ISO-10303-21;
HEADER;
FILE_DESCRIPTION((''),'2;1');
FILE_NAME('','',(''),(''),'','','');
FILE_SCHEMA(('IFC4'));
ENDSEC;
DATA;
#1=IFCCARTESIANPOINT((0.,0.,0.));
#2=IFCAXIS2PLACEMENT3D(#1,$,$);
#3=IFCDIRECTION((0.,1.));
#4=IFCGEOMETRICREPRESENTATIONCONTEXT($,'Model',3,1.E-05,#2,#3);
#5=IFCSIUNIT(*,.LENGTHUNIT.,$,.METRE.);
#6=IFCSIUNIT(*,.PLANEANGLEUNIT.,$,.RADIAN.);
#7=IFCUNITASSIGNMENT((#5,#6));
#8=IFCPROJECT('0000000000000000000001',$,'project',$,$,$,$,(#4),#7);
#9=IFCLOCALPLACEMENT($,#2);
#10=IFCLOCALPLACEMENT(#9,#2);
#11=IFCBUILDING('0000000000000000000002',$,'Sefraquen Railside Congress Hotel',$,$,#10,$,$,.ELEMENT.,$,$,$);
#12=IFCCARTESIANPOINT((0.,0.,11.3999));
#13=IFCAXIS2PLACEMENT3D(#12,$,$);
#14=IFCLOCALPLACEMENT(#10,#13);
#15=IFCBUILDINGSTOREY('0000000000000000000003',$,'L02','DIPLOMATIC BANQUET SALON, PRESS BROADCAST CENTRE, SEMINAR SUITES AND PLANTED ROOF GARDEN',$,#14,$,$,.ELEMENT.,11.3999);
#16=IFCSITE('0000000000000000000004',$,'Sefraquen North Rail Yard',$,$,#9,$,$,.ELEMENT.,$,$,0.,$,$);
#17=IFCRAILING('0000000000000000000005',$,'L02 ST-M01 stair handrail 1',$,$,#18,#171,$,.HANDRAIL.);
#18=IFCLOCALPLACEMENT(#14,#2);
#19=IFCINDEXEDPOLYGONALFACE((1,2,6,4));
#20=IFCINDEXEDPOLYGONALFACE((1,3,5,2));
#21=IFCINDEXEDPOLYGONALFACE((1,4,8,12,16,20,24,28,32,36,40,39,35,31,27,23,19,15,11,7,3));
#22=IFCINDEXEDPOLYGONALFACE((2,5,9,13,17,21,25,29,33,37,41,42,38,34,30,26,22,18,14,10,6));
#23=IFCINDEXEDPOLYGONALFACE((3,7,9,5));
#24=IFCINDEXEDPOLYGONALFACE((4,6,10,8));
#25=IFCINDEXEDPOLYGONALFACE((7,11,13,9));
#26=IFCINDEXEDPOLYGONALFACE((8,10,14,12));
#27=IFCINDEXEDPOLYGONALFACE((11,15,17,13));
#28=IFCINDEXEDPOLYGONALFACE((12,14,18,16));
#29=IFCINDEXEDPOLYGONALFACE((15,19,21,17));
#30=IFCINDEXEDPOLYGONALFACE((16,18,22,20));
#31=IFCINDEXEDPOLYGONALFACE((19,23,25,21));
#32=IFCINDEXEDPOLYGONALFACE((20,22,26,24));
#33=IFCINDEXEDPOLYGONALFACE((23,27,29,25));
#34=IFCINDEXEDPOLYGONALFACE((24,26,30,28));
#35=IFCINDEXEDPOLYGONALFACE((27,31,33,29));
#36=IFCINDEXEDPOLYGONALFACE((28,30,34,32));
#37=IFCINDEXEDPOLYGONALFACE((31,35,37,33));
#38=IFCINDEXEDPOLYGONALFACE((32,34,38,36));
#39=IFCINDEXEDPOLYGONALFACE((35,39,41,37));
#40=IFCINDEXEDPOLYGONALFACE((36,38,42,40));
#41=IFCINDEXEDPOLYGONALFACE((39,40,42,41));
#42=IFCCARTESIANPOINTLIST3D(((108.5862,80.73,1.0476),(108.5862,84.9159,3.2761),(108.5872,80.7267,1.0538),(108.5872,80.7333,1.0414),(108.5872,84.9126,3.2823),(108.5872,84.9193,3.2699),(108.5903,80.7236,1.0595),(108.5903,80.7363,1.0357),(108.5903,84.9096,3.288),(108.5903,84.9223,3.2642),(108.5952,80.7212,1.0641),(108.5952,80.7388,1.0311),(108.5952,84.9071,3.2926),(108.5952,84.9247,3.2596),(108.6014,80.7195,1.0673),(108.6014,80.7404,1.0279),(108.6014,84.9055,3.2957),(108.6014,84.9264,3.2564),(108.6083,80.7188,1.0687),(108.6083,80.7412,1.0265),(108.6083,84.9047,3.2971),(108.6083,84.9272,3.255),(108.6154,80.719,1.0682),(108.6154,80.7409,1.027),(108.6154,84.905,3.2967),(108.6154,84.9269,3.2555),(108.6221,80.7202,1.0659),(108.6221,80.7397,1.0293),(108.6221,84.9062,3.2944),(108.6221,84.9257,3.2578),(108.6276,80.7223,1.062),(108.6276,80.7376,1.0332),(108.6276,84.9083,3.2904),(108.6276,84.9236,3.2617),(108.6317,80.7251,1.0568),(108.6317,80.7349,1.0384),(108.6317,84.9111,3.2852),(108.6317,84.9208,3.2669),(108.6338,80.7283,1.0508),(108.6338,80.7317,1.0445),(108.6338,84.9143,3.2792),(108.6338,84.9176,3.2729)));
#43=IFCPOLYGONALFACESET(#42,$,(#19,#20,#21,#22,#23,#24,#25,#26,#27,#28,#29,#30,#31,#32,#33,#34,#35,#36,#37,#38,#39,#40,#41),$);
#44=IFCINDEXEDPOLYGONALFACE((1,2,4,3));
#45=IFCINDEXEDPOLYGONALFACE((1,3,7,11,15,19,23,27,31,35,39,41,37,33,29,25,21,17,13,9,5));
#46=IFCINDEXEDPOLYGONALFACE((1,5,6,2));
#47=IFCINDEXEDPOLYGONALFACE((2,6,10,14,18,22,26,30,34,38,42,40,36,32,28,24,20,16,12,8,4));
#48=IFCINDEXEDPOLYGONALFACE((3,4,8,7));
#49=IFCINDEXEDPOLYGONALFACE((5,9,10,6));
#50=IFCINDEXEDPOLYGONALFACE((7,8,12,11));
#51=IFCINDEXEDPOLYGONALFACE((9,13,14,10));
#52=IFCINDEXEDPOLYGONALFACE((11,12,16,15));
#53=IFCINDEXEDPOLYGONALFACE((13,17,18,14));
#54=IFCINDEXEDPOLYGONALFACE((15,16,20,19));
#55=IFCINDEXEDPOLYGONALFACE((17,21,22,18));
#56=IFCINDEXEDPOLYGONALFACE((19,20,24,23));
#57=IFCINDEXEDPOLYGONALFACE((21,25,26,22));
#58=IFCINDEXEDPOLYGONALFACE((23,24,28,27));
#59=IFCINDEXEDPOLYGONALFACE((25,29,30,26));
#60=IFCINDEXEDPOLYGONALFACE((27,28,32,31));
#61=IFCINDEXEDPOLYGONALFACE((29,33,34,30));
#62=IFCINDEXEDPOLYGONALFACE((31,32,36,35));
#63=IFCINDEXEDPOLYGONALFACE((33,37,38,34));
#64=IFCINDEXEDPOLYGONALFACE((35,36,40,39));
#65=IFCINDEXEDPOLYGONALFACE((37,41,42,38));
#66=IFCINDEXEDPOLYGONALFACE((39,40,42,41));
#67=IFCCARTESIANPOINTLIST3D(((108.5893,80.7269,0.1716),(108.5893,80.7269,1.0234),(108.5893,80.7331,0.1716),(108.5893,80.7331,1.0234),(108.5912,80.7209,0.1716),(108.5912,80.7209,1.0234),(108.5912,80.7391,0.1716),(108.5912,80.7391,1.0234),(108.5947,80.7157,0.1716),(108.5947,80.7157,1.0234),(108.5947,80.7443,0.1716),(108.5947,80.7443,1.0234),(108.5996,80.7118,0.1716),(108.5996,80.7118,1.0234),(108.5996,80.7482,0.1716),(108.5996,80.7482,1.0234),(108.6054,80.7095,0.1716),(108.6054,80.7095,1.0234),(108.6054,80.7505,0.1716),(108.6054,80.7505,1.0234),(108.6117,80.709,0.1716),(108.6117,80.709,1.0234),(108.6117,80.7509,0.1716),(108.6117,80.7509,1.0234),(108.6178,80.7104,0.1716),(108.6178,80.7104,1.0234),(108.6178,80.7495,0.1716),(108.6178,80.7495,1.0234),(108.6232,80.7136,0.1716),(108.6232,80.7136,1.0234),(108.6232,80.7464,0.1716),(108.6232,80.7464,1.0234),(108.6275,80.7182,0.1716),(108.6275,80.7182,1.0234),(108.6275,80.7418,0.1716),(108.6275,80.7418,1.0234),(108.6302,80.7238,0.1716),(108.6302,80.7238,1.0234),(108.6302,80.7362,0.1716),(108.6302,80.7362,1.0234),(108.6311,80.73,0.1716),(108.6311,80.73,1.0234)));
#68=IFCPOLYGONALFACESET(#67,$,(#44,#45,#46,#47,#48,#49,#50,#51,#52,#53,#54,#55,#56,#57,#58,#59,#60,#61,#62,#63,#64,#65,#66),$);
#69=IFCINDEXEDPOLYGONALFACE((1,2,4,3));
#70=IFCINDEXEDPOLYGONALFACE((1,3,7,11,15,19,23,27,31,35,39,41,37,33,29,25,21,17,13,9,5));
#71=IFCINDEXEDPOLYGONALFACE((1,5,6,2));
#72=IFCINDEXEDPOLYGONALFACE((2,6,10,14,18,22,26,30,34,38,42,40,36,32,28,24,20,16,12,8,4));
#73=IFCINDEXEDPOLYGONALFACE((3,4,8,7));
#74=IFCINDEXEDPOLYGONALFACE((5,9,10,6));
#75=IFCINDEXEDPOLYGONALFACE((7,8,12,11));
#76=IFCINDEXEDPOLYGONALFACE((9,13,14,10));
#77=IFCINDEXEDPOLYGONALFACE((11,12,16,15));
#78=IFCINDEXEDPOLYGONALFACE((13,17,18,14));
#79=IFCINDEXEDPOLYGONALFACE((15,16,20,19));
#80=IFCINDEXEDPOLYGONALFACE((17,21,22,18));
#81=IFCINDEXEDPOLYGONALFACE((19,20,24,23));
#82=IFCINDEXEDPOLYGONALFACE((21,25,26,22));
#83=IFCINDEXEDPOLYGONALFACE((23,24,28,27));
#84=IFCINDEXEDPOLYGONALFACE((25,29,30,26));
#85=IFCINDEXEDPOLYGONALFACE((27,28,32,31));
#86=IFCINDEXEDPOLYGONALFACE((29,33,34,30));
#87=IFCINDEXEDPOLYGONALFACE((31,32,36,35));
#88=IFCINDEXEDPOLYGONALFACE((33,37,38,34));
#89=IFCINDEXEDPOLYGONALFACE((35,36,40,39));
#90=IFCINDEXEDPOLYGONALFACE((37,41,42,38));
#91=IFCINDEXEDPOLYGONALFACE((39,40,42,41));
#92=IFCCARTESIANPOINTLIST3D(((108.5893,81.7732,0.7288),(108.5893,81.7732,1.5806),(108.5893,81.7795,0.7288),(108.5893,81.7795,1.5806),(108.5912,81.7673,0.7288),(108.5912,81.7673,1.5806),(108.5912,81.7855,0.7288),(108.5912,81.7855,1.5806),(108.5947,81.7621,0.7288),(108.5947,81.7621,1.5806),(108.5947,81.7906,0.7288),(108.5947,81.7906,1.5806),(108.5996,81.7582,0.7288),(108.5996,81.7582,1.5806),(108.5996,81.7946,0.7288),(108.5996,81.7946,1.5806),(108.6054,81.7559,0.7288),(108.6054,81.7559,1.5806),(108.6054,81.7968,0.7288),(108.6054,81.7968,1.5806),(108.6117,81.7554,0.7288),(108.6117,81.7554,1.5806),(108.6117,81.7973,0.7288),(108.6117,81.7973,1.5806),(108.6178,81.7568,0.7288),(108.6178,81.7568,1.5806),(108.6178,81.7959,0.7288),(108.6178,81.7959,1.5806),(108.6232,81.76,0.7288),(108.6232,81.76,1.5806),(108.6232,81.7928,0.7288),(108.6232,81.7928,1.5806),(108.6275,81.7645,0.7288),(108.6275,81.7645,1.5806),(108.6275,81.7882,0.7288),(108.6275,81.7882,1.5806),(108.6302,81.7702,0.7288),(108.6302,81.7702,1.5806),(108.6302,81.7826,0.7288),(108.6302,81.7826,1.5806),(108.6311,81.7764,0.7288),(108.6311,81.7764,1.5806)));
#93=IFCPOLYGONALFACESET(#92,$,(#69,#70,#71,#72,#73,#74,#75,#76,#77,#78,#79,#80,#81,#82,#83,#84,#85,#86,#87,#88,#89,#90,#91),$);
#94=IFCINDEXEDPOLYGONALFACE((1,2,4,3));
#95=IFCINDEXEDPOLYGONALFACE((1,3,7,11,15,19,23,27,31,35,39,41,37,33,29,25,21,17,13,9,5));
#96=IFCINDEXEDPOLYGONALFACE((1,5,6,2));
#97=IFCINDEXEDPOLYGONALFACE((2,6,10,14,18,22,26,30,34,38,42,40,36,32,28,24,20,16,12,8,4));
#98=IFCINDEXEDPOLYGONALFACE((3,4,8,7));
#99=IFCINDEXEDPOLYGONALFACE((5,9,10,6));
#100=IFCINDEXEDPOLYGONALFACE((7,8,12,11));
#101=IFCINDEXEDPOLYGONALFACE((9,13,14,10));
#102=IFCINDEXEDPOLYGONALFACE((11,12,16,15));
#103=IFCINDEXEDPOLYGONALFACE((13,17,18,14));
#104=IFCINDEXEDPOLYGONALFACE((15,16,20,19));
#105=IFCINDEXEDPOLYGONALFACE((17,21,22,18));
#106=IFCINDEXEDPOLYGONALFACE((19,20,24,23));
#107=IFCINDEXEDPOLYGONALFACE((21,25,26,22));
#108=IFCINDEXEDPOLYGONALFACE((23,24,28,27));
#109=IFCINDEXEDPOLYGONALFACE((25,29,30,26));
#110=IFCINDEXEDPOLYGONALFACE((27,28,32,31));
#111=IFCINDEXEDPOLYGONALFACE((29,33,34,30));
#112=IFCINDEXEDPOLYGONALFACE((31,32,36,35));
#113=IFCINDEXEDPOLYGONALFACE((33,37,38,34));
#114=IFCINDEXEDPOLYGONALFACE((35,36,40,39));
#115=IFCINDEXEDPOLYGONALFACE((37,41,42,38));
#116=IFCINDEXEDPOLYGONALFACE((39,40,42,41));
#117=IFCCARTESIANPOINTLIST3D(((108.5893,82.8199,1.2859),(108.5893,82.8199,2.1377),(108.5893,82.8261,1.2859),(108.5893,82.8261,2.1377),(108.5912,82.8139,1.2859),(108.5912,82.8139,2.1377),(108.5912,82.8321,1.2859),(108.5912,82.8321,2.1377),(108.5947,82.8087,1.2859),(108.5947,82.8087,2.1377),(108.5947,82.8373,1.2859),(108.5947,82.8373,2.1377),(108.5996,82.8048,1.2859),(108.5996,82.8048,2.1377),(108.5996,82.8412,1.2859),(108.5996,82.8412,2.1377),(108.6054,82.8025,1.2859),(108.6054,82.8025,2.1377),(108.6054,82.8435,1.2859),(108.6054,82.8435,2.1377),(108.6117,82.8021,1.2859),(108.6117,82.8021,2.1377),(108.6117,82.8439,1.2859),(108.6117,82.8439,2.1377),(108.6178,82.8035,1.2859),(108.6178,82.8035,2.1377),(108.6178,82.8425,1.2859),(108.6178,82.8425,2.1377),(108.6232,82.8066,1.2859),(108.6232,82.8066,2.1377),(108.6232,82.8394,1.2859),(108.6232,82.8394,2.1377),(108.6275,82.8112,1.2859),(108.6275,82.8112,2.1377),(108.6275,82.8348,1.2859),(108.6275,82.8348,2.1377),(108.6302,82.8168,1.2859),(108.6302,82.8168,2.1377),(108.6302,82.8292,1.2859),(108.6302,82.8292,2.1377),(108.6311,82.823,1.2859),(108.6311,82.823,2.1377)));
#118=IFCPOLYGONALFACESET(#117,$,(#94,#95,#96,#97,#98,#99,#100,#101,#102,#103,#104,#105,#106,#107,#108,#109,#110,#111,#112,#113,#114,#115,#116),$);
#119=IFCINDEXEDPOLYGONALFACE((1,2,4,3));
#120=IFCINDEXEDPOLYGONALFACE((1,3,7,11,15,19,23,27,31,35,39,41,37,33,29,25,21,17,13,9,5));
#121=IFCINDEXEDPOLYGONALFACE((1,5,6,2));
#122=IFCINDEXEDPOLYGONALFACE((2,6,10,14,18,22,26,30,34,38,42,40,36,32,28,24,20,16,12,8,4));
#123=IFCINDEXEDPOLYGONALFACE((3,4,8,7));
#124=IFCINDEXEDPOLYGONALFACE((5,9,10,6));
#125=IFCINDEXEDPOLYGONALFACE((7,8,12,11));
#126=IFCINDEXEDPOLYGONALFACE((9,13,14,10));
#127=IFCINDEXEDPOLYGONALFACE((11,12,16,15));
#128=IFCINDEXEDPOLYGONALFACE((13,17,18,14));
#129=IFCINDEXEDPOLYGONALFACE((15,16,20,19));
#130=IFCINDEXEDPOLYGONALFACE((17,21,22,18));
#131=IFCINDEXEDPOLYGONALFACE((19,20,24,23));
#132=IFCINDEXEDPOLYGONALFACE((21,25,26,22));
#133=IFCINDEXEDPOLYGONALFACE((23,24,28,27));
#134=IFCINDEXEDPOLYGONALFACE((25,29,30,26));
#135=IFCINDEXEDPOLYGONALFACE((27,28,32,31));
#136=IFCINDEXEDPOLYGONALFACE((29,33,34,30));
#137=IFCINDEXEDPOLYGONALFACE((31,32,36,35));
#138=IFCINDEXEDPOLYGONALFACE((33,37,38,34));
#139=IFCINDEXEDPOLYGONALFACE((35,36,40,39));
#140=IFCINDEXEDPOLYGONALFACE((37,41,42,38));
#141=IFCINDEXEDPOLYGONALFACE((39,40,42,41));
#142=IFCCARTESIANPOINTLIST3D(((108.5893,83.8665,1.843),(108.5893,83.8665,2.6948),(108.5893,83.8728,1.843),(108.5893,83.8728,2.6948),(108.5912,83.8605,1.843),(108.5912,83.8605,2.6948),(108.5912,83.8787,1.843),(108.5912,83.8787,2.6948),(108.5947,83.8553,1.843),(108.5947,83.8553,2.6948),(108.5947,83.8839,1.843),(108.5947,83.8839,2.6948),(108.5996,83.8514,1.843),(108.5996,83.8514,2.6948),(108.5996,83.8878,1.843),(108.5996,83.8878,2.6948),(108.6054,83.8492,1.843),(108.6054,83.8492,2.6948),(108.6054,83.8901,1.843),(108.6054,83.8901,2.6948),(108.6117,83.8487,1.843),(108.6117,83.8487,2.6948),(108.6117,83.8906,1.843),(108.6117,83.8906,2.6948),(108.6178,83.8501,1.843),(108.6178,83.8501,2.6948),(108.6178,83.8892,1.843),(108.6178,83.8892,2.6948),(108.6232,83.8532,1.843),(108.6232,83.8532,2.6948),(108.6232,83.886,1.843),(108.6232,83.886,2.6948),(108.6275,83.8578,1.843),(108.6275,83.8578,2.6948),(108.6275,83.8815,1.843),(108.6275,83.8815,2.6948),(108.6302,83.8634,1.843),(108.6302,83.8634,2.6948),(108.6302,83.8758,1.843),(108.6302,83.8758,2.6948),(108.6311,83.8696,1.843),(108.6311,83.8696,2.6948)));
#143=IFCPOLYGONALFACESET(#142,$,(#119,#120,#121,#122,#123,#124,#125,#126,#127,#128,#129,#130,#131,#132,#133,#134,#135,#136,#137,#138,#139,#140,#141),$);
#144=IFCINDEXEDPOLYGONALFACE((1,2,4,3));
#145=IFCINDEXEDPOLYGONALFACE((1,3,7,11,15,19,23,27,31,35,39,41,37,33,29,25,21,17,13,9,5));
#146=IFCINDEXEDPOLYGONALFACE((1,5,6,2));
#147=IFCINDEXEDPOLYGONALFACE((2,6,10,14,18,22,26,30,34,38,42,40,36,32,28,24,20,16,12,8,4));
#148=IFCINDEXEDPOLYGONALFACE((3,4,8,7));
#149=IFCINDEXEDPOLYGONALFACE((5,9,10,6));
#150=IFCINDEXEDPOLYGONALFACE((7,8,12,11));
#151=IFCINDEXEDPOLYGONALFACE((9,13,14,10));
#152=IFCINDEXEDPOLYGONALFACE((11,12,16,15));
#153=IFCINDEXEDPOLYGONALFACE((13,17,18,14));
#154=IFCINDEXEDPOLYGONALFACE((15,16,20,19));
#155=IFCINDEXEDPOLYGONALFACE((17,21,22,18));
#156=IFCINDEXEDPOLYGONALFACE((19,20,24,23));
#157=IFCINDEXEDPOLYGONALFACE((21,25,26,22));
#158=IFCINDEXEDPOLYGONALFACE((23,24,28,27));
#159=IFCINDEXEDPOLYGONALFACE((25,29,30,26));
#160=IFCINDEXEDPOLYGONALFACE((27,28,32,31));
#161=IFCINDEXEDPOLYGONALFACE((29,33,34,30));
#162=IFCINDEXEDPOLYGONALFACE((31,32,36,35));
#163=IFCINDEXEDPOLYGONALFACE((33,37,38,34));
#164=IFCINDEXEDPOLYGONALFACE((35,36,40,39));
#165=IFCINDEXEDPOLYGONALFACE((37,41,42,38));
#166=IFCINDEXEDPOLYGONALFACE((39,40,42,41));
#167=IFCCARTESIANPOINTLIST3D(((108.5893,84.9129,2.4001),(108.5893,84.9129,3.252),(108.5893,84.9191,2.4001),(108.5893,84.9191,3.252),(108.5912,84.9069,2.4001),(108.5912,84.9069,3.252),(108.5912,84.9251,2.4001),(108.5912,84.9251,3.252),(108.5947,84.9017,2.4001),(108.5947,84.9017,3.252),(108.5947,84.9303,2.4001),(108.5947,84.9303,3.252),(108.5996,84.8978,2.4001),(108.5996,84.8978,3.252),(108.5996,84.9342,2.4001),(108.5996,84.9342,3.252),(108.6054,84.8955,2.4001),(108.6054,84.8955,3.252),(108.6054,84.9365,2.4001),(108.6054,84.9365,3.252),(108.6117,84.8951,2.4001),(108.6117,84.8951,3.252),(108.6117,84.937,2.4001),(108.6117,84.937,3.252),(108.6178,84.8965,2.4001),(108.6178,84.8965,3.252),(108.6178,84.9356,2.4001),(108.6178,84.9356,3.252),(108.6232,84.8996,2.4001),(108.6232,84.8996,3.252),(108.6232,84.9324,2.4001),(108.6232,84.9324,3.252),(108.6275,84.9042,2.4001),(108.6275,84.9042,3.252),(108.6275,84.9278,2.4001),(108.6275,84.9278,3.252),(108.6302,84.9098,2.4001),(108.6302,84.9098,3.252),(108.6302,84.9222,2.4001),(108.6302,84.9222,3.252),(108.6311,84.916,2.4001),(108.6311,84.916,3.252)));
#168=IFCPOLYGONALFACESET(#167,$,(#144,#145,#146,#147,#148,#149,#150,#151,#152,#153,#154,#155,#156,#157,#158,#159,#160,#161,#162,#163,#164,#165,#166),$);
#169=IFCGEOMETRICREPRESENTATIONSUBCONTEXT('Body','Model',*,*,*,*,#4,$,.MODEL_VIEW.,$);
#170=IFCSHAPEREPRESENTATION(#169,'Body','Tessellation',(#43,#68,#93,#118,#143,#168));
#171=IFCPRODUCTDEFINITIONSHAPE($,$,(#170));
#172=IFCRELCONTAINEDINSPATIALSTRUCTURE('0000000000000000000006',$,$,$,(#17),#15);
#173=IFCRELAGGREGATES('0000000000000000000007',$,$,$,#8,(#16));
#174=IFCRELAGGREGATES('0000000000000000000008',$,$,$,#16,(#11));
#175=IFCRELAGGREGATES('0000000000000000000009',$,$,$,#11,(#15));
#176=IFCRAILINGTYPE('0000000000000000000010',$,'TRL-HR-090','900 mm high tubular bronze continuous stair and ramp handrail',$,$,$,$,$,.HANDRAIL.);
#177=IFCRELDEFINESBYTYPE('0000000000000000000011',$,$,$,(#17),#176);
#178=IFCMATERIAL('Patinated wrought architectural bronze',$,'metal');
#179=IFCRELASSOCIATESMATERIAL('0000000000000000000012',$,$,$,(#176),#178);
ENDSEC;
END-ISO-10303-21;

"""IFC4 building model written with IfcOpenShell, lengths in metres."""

from ifc_helpers import new_model, si_unit, direction, frame, origin, origin_2d, place, context, subcontext, project, spatial, circle, extrude, material, type_object, element, save


model = new_model("IFC4")

# Units and contexts
model_context = context("Model", 3, precision=1e-05, world=origin(), true_north=direction((0.0, 1.0)))
body_context = subcontext(model_context, "Body", "Model", "MODEL_VIEW")
ifc_project = project(units=[si_unit("LENGTHUNIT", "METRE"), si_unit("PLANEANGLEUNIT", "RADIAN")], contexts=[model_context])

# Site, building, storey
site_placement = place(None, origin())
site = spatial("IfcSite", under=ifc_project, at=site_placement, Name="Sefraquen North Rail Yard", CompositionType="ELEMENT", RefElevation=0.0)
building_placement = place(site_placement, origin())
building = spatial("IfcBuilding", under=site, at=building_placement, Name="Sefraquen Railside Congress Hotel", CompositionType="ELEMENT")
storey_placement = place(building_placement, frame((0.0, 0.0, 11.3999)))
storey = spatial("IfcBuildingStorey", under=building, at=storey_placement, Name="L02", Description="DIPLOMATIC BANQUET SALON, PRESS BROADCAST CENTRE, SEMINAR SUITES AND PLANTED ROOF GARDEN", CompositionType="ELEMENT", Elevation=11.3999)

# Railing
ifc_material_1 = material(Name="Patinated wrought architectural bronze", Category="metal")
railing_type_1 = type_object("IfcRailingType", Name="TRL-HR-090", Description="900 mm high tubular bronze continuous stair and ramp handrail", PredefinedType="HANDRAIL", material=ifc_material_1)
railing_1_placement = place(storey_placement, frame((108.6101, 80.73, 0.1716)))
element("IfcRailing", 1, at=railing_1_placement, inside=storey, type_object=railing_type_1, Name="L02 ST-M01 stair handrail 1", PredefinedType="HANDRAIL", context=body_context, shape_type="SweptSolid", body=[
    extrude(circle(Radius=0.0239, at=origin_2d()), frame((0.0, 0.0, 0.876), z_axis=(0.0, 0.882706, 0.469925), x_axis=(-1.0, 0.0, 0.0)), (0.0, 0.0, 1.0), 4.7422),
    extrude(circle(Radius=0.021, at=origin_2d()), origin(), (0.0, 0.0, 1.0), 0.8518),
    extrude(circle(Radius=0.021, at=origin_2d()), frame((0.0, 1.0464, 0.5571)), (0.0, 0.0, 1.0), 0.8518),
    extrude(circle(Radius=0.021, at=origin_2d()), frame((0.0, 2.093, 1.1143)), (0.0, 0.0, 1.0), 0.8518),
    extrude(circle(Radius=0.021, at=origin_2d()), frame((0.0, 3.1396, 1.6714)), (0.0, 0.0, 1.0), 0.8518),
    extrude(circle(Radius=0.021, at=origin_2d()), frame((0.0, 4.186, 2.2285)), (0.0, 0.0, 1.0), 0.8518),
])

save(model, "model.ifc")
